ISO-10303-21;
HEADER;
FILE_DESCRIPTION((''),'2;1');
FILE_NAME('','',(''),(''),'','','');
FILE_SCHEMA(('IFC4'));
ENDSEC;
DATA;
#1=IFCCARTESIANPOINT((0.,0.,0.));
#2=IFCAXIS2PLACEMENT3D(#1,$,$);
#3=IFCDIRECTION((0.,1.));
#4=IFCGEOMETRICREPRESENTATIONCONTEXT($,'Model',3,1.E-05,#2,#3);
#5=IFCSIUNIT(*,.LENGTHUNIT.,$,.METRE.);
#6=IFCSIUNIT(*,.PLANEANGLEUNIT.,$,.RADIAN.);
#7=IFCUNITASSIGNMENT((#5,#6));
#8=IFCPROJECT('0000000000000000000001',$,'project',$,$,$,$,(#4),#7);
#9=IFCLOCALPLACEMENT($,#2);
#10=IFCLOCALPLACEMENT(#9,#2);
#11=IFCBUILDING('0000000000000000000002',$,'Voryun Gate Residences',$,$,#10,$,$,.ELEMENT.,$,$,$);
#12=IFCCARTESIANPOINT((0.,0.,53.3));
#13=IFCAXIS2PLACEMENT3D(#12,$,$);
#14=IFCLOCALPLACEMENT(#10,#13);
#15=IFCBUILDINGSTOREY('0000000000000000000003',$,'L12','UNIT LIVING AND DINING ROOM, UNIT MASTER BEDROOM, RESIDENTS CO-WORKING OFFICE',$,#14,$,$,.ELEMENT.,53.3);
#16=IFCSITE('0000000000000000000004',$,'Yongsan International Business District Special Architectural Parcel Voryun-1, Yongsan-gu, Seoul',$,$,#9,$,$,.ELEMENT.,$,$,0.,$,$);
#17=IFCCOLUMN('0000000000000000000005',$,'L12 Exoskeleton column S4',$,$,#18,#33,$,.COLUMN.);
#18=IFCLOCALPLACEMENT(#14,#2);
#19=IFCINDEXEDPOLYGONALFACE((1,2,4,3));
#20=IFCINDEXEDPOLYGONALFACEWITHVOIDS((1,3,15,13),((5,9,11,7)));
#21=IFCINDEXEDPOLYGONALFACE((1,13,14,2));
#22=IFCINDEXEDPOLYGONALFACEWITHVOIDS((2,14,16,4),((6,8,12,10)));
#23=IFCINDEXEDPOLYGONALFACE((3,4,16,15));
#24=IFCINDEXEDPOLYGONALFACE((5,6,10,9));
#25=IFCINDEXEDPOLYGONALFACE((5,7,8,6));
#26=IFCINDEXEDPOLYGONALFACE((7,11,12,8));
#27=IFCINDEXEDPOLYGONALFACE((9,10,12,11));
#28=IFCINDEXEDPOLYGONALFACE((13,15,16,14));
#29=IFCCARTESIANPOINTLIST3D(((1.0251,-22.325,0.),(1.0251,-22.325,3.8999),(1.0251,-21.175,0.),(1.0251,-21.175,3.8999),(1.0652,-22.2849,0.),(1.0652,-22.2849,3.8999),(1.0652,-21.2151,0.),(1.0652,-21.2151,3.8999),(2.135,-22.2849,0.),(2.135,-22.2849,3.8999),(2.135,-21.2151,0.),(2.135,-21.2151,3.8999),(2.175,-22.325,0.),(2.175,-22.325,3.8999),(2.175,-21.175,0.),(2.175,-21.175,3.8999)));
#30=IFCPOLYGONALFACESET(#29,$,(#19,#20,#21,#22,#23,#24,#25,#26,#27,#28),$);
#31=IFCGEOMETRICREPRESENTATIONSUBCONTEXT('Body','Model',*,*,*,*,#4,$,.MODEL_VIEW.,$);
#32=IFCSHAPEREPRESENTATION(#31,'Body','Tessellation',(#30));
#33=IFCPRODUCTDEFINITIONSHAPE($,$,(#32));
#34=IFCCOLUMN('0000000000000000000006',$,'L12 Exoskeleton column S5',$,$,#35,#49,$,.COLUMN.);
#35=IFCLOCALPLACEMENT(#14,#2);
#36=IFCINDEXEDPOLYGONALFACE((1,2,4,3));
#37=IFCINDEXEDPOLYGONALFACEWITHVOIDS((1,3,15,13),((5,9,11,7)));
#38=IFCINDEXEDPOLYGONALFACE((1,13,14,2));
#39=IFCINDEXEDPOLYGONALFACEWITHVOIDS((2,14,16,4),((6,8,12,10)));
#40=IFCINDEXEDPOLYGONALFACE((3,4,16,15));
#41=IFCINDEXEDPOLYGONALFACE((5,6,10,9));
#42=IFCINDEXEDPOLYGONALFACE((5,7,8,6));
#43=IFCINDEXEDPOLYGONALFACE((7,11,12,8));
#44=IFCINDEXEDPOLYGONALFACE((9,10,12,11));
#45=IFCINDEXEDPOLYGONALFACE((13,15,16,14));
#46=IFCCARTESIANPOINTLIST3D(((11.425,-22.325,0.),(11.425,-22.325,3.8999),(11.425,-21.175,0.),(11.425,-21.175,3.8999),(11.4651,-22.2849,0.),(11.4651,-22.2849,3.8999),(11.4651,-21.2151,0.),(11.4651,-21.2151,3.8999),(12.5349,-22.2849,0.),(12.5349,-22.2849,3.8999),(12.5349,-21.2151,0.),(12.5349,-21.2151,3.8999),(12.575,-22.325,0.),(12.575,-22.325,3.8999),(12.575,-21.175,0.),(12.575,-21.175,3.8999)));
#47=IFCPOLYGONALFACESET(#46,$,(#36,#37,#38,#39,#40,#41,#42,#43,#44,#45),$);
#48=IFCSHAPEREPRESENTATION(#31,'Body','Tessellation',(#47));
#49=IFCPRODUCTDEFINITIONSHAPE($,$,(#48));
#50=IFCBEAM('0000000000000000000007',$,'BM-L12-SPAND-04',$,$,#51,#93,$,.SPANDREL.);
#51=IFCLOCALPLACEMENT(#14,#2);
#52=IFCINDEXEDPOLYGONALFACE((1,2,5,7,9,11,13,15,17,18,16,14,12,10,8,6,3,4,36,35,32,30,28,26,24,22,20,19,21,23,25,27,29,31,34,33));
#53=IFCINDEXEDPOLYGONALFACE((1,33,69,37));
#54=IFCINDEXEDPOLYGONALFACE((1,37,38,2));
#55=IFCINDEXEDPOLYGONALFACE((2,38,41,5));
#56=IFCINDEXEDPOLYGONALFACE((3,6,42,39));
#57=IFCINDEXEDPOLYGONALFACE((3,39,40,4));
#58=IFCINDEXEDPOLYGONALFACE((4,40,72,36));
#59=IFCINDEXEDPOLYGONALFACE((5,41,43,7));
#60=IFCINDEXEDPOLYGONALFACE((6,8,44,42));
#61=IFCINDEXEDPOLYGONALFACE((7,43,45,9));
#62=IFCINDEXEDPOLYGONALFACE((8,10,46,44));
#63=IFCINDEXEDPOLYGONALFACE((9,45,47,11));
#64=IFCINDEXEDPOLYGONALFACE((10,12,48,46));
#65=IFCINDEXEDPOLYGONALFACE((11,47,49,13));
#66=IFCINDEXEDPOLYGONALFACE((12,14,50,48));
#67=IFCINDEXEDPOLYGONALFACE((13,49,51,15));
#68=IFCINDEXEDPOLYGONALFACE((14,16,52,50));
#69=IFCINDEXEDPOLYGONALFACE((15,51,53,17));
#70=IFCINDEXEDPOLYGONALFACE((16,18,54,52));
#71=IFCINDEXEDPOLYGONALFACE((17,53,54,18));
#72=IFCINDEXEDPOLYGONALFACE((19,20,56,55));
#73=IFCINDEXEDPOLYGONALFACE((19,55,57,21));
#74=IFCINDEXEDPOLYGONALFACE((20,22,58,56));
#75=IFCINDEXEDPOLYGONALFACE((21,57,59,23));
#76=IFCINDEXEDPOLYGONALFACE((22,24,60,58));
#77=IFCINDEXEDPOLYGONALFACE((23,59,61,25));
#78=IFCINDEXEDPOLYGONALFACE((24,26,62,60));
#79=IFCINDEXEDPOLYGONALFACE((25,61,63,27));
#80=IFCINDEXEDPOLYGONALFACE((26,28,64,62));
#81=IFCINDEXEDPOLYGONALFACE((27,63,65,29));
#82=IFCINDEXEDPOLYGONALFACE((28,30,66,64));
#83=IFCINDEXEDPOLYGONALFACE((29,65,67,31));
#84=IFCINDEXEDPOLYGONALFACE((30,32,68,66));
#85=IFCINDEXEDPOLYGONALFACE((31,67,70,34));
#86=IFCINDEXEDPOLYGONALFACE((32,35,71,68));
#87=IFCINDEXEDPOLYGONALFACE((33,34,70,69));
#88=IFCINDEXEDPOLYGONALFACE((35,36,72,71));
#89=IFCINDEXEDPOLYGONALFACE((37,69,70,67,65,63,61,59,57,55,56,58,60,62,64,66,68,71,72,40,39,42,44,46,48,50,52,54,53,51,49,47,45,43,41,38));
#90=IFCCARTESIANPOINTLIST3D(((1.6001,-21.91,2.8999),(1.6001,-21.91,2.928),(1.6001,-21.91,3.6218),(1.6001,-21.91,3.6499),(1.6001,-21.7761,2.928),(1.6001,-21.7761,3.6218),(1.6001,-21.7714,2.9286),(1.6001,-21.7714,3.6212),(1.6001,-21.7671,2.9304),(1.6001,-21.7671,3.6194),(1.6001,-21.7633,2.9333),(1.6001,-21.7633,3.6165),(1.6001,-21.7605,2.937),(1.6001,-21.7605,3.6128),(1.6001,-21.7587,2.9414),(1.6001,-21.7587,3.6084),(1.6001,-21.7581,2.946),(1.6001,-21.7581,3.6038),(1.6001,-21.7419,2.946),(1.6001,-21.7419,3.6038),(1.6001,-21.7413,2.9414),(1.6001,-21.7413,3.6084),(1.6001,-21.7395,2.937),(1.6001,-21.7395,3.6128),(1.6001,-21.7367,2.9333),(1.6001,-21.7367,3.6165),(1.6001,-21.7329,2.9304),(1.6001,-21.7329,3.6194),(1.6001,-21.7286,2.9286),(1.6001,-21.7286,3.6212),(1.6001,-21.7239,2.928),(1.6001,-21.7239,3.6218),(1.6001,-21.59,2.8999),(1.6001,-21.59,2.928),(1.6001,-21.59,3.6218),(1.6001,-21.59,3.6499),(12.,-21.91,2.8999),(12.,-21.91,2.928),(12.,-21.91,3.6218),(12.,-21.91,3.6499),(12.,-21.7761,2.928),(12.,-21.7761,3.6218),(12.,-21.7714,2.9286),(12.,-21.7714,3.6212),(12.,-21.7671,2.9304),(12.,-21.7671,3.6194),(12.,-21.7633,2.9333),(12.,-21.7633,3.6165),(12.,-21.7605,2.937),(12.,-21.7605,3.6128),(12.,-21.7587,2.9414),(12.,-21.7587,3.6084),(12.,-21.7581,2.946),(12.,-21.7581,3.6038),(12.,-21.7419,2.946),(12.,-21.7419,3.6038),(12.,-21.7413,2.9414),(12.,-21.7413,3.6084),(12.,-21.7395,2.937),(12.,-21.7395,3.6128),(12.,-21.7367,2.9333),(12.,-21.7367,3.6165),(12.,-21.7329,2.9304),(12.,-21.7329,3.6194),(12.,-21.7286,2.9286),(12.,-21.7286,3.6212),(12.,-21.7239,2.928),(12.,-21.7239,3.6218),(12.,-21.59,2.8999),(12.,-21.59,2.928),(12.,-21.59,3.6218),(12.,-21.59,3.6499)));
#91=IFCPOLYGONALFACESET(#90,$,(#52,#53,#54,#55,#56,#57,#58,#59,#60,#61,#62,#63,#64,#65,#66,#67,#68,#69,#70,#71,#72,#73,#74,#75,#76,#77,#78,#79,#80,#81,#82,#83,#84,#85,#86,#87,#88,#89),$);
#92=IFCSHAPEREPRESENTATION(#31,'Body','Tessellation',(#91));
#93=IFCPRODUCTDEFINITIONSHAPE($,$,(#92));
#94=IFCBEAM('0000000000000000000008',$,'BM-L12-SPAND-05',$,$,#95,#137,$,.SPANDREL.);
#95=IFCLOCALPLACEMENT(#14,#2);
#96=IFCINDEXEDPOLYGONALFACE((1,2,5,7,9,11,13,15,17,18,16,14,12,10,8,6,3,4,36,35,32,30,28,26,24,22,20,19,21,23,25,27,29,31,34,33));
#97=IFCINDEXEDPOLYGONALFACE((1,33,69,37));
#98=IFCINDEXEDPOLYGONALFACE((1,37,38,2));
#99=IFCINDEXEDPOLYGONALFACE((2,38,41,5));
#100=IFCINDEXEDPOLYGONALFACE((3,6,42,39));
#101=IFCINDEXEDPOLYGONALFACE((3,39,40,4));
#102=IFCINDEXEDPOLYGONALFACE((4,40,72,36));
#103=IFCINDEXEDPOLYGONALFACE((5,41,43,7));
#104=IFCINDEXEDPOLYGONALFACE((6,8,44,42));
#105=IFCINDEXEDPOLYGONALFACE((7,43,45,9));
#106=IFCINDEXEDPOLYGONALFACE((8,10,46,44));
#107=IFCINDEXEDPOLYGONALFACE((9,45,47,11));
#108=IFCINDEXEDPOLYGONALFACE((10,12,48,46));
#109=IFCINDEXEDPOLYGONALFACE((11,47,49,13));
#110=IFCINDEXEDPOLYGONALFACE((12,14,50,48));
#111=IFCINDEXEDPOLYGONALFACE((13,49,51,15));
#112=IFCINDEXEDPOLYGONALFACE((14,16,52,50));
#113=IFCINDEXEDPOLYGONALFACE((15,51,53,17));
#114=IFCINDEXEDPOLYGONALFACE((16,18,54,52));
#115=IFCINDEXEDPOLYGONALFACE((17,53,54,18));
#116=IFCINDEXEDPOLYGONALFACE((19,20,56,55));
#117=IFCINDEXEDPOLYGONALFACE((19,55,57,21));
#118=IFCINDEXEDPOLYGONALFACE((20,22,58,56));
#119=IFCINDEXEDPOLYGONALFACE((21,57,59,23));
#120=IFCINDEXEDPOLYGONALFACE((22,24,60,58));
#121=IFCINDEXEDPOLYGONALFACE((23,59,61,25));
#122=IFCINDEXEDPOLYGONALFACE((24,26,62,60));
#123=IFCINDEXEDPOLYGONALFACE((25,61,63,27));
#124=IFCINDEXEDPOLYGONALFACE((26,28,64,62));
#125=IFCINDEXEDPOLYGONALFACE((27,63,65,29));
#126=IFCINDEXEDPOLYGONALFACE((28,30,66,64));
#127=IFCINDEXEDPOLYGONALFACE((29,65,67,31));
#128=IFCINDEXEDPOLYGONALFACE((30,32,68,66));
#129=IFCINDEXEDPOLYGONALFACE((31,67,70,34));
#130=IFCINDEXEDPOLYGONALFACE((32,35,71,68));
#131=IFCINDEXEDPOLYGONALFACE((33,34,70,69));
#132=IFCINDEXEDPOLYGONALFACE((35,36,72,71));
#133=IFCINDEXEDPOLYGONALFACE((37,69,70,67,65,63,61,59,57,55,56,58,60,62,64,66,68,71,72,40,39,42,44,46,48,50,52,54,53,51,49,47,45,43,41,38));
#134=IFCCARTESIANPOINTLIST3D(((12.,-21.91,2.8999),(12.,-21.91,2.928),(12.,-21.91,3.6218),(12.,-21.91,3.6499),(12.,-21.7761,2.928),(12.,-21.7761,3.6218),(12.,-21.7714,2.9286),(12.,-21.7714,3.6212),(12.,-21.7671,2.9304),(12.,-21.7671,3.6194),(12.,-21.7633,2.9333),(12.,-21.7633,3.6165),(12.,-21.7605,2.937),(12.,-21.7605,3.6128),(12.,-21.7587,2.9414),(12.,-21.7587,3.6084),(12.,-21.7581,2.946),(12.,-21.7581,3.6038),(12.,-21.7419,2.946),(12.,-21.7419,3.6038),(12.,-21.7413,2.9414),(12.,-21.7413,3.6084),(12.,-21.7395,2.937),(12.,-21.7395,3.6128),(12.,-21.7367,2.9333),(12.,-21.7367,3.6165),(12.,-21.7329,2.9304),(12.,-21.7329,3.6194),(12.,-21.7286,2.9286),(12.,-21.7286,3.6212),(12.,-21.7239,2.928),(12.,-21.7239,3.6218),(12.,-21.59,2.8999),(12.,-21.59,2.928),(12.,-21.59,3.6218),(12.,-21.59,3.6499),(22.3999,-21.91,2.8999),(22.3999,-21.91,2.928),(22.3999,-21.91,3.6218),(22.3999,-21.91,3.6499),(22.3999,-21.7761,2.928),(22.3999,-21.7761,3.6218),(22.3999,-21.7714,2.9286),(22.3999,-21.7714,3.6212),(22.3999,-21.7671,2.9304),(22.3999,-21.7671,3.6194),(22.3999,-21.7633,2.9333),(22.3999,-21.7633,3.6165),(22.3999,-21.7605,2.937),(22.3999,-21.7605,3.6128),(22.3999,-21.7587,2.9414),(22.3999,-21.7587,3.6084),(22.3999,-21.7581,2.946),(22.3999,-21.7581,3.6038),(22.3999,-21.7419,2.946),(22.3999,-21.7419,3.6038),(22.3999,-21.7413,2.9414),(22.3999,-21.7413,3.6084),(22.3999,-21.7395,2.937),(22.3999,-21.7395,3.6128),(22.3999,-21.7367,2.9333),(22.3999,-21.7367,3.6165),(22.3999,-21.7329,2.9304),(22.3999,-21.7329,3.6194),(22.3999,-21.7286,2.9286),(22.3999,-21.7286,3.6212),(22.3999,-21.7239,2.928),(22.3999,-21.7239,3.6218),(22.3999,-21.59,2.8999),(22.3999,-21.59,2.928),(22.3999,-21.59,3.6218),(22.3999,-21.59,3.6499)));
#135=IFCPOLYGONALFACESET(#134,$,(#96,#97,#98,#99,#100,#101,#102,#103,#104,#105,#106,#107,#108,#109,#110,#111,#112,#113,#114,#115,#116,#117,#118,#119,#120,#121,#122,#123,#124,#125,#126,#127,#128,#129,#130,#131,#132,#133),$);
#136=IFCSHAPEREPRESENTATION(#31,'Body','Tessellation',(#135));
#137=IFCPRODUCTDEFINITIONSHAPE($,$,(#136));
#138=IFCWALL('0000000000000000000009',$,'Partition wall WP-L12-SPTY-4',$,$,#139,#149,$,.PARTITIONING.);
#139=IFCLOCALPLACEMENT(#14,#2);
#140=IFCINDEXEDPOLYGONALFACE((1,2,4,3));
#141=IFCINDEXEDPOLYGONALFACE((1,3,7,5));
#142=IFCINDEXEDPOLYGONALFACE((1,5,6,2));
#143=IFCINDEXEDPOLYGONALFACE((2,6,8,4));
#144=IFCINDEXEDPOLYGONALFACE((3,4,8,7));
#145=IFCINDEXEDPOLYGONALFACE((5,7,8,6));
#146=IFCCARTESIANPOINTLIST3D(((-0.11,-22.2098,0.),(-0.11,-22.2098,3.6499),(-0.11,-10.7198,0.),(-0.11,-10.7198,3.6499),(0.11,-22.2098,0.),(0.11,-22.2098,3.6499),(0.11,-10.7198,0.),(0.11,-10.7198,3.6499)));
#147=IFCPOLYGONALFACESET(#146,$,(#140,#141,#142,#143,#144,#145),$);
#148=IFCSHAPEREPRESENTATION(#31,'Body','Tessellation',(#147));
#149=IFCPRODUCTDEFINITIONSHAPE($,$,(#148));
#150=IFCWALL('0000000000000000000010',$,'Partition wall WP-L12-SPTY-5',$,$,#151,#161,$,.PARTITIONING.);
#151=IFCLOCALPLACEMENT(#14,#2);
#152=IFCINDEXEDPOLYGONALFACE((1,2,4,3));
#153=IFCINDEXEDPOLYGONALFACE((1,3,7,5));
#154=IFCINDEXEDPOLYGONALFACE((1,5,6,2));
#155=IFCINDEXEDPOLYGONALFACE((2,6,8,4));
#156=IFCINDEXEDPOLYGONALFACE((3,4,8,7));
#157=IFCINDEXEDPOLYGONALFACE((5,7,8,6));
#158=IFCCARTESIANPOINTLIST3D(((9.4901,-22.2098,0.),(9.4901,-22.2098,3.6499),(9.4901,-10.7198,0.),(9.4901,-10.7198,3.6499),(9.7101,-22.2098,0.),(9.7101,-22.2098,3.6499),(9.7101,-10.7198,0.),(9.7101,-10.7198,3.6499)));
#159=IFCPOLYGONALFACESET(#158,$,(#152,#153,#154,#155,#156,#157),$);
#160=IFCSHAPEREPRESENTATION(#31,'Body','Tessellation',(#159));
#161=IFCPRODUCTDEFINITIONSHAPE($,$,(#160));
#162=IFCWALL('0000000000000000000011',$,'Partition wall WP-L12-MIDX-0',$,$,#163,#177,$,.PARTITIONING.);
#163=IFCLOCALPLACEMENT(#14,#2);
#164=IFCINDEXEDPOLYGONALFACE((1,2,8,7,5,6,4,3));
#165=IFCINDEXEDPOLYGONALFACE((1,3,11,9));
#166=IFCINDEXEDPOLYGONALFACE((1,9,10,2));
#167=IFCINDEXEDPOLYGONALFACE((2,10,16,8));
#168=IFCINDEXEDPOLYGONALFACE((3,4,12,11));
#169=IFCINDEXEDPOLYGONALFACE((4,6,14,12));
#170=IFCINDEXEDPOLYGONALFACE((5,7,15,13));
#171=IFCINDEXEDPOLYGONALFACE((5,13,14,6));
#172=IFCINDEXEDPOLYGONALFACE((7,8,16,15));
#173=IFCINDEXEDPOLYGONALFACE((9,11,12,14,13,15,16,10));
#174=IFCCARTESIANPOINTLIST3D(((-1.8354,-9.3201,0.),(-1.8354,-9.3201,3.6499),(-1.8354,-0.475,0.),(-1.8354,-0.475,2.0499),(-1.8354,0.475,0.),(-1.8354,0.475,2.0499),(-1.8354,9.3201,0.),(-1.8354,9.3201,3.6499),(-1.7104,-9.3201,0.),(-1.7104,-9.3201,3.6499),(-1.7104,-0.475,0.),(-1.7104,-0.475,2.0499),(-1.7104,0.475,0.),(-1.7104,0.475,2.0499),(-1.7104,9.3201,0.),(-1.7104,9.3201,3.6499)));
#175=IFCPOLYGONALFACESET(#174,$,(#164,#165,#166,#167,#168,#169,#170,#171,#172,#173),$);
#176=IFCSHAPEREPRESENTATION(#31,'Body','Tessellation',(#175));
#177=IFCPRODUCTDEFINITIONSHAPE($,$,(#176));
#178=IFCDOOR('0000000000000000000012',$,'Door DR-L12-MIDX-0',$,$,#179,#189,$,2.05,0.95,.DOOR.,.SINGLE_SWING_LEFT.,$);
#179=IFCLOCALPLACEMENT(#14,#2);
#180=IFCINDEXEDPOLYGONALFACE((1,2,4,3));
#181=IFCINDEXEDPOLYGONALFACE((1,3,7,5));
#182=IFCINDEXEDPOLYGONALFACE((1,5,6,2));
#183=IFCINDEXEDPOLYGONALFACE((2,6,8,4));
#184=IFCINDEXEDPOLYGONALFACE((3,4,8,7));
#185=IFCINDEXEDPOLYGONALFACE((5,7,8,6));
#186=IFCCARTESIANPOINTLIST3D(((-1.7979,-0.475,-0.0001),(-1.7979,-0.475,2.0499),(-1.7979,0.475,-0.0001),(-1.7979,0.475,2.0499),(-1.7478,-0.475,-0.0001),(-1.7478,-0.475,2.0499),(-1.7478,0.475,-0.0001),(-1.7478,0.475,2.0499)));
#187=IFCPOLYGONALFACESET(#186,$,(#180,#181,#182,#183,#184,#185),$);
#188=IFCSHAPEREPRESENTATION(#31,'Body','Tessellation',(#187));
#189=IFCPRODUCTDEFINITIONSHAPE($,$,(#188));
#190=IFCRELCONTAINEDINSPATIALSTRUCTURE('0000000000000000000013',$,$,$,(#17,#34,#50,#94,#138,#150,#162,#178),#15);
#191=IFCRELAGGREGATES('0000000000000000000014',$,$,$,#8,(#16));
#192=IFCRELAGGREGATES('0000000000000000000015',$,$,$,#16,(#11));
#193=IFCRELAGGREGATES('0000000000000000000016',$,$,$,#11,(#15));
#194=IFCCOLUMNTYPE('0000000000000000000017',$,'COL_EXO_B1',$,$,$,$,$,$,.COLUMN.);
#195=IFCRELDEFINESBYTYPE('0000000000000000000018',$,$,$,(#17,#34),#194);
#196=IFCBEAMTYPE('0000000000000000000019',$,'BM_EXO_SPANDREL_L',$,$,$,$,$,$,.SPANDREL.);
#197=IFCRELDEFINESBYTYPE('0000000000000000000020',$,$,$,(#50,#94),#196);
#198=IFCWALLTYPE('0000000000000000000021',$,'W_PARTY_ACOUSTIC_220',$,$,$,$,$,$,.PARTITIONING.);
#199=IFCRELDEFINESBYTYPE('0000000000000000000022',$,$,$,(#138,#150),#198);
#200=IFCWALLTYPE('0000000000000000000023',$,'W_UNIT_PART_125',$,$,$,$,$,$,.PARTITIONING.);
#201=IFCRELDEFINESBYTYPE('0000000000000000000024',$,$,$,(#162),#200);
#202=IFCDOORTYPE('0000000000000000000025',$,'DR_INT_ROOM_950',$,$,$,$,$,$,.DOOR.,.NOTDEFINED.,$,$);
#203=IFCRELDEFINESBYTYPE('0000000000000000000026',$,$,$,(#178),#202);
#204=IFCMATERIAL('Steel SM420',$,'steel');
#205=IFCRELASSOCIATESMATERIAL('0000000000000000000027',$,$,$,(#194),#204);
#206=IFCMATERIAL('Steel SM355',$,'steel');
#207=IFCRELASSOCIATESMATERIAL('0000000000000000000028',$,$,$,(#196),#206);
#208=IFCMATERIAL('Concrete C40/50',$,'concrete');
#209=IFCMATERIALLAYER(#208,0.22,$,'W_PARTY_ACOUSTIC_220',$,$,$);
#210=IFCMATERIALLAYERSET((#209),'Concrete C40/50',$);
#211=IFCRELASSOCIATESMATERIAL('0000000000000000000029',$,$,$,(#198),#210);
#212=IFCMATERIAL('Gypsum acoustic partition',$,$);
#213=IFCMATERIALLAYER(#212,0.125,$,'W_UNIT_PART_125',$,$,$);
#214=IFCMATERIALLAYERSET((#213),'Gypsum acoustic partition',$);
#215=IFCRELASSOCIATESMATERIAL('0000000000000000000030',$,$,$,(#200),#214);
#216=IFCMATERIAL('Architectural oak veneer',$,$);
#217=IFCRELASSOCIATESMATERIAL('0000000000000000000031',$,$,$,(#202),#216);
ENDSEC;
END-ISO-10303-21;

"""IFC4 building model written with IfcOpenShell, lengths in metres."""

from ifc_helpers import new_model, si_unit, direction, frame, frame_2d, origin, origin_2d, place, context, subcontext, project, spatial, rectangle, hollow_rectangle, i_section, extrude, material, layer, layer_set, material_profile, profile_set, type_object, element, fill, save


model = new_model("IFC4")

# Units and contexts
model_context = context("Model", 3, precision=1e-05, world=origin(), true_north=direction((0.0, 1.0)))
body_context = subcontext(model_context, "Body", "Model", "MODEL_VIEW")
ifc_project = project(units=[si_unit("LENGTHUNIT", "METRE"), si_unit("PLANEANGLEUNIT", "RADIAN")], contexts=[model_context])

# Site, building, storey
site_placement = place(None, origin())
site = spatial("IfcSite", under=ifc_project, at=site_placement, Name="Yongsan International Business District Special Architectural Parcel Voryun-1, Yongsan-gu, Seoul", CompositionType="ELEMENT", RefElevation=0.0)
building_placement = place(site_placement, origin())
building = spatial("IfcBuilding", under=site, at=building_placement, Name="Voryun Gate Residences", CompositionType="ELEMENT")
storey_placement = place(building_placement, frame((0.0, 0.0, 53.3)))
storey = spatial("IfcBuildingStorey", under=building, at=storey_placement, Name="L12", Description="UNIT LIVING AND DINING ROOM, UNIT MASTER BEDROOM, RESIDENTS CO-WORKING OFFICE", CompositionType="ELEMENT", Elevation=53.3)

# Columns
ifc_material_1 = material(Name="Steel SM420", Category="steel")
ifc_material_profile_1 = material_profile(ifc_material_1, hollow_rectangle(XDim=1.1499, YDim=1.1499, WallThickness=0.04, at=origin_2d()), Name="BOX-1150x1150x40")
ifc_profile_set_1 = profile_set([ifc_material_profile_1], Name="Steel SM420")
column_type = type_object("IfcColumnType", Name="COL_EXO_B1", PredefinedType="COLUMN", material=ifc_profile_set_1)
for number, where, z_axis, x_axis, name in (
    (1, (1.6001, -21.75, 0.0), (0.0, 0.0, 1.0), (1.0, 0.0, 0.0), "L12 Exoskeleton column S4"),
    (2, (12.0, -21.75, 0.0), (0.0, 0.0, 1.0), (1.0, 0.0, 0.0), "L12 Exoskeleton column S5"),
):
    element("IfcColumn", number, at=place(storey_placement, frame(where, z_axis=z_axis, x_axis=x_axis)), inside=storey, type_object=column_type, Name=name, PredefinedType="COLUMN", context=body_context, shape_type="SweptSolid", body=[
        extrude(hollow_rectangle(XDim=1.1499, YDim=1.1499, WallThickness=0.04, at=origin_2d()), origin(), (0.0, 0.0, 1.0), 3.8999),
    ])

# Beams
ifc_material_2 = material(Name="Steel SM355", Category="steel")
ifc_material_profile_2 = material_profile(ifc_material_2, i_section(OverallWidth=0.3201, OverallDepth=0.75, WebThickness=0.0161, FlangeThickness=0.0281, FilletRadius=0.0181, at=origin_2d()), Name="H-750x320x16x28")
ifc_profile_set_2 = profile_set([ifc_material_profile_2], Name="Steel SM355")
beam_type = type_object("IfcBeamType", Name="BM_EXO_SPANDREL_L", PredefinedType="SPANDREL", material=ifc_profile_set_2)
for number, where, z_axis, x_axis, name in (
    (3, (1.6001, -21.75, 3.2749), (1.0, 0.0, 0.0), (0.0, 1.0, 0.0), "BM-L12-SPAND-04"),
    (4, (12.0, -21.75, 3.2749), (1.0, 0.0, 0.0), (0.0, 1.0, 0.0), "BM-L12-SPAND-05"),
):
    element("IfcBeam", number, at=place(storey_placement, frame(where, z_axis=z_axis, x_axis=x_axis)), inside=storey, type_object=beam_type, Name=name, PredefinedType="SPANDREL", context=body_context, shape_type="SweptSolid", body=[
        extrude(i_section(OverallWidth=0.3201, OverallDepth=0.75, WebThickness=0.0161, FlangeThickness=0.0281, FilletRadius=0.0181, at=origin_2d()), origin(), (0.0, 0.0, 1.0), 10.3999),
    ])

# Walls
ifc_material_3 = material(Name="Concrete C40/50", Category="concrete")
ifc_layer_1 = layer(ifc_material_3, 0.22, Name="W_PARTY_ACOUSTIC_220")
ifc_layer_set_1 = layer_set([ifc_layer_1], Name="Concrete C40/50")
wall_type_1 = type_object("IfcWallType", Name="W_PARTY_ACOUSTIC_220", PredefinedType="PARTITIONING", material=ifc_layer_set_1)
for number, where, z_axis, x_axis, name in (
    (5, (0.0, -22.21, 0.0), (0.0, 0.0, 1.0), (0.0, 1.0, 0.0), "Partition wall WP-L12-SPTY-4"),
    (6, (9.6001, -22.21, 0.0), (0.0, 0.0, 1.0), (0.0, 1.0, 0.0), "Partition wall WP-L12-SPTY-5"),
):
    element("IfcWall", number, at=place(storey_placement, frame(where, z_axis=z_axis, x_axis=x_axis)), inside=storey, type_object=wall_type_1, Name=name, PredefinedType="PARTITIONING", context=body_context, shape_type="SweptSolid", body=[
        extrude(rectangle(XDim=11.49, YDim=0.22, at=frame_2d((5.7451, 0.0))), origin(), (0.0, 0.0, 1.0), 3.6499),
    ])

# Wall, opening, door
ifc_material_4 = material(Name="Gypsum acoustic partition")
ifc_layer_2 = layer(ifc_material_4, 0.125, Name="W_UNIT_PART_125")
ifc_layer_set_2 = layer_set([ifc_layer_2], Name="Gypsum acoustic partition")
wall_type_2 = type_object("IfcWallType", Name="W_UNIT_PART_125", PredefinedType="PARTITIONING", material=ifc_layer_set_2)
wall_1_placement = place(storey_placement, frame((-1.7729, -9.3201, 0.0), z_axis=(0.0, 0.0, 1.0), x_axis=(0.0, 1.0, 0.0)))
wall_1 = element("IfcWall", 7, at=wall_1_placement, inside=storey, type_object=wall_type_2, Name="Partition wall WP-L12-MIDX-0", PredefinedType="PARTITIONING", context=body_context, shape_type="SweptSolid", body=[
    extrude(rectangle(XDim=18.6401, YDim=0.125, at=frame_2d((9.3201, 0.0))), origin(), (0.0, 0.0, 1.0), 3.6499),
])
opening_1_placement = place(wall_1_placement, frame((8.845, 0.0, 0.0)))
opening_1 = element("IfcOpeningElement", 8, at=opening_1_placement, cuts=wall_1, PredefinedType="OPENING", context=body_context, shape_type="SweptSolid", body=[
    extrude(rectangle(XDim=0.95, YDim=2.05, at=frame_2d((0.4751, 1.0249))), frame((0.0, 0.0725, 0.0), z_axis=(0.0, -1.0, 0.0), x_axis=(1.0, 0.0, 0.0)), (0.0, 0.0, 1.0), 0.145),
])
ifc_material_5 = material(Name="Architectural oak veneer")
door_type_1 = type_object("IfcDoorType", Name="DR_INT_ROOM_950", OperationType="NOTDEFINED", PredefinedType="DOOR", material=ifc_material_5)
door_1_placement = place(opening_1_placement, origin())
door_1 = element("IfcDoor", 9, at=door_1_placement, inside=storey, type_object=door_type_1, Name="Door DR-L12-MIDX-0", OperationType="SINGLE_SWING_LEFT", OverallHeight=2.05, OverallWidth=0.95, PredefinedType="DOOR", context=body_context, shape_type="SweptSolid", body=[
    extrude(rectangle(XDim=0.95, YDim=2.05, at=frame_2d((0.4751, 1.0249))), frame((0.0, 0.0249, 0.0), z_axis=(0.0, -1.0, 0.0), x_axis=(1.0, 0.0, 0.0)), (0.0, 0.0, 1.0), 0.05),
])
fill(opening_1, door_1)

save(model, "model.ifc")
